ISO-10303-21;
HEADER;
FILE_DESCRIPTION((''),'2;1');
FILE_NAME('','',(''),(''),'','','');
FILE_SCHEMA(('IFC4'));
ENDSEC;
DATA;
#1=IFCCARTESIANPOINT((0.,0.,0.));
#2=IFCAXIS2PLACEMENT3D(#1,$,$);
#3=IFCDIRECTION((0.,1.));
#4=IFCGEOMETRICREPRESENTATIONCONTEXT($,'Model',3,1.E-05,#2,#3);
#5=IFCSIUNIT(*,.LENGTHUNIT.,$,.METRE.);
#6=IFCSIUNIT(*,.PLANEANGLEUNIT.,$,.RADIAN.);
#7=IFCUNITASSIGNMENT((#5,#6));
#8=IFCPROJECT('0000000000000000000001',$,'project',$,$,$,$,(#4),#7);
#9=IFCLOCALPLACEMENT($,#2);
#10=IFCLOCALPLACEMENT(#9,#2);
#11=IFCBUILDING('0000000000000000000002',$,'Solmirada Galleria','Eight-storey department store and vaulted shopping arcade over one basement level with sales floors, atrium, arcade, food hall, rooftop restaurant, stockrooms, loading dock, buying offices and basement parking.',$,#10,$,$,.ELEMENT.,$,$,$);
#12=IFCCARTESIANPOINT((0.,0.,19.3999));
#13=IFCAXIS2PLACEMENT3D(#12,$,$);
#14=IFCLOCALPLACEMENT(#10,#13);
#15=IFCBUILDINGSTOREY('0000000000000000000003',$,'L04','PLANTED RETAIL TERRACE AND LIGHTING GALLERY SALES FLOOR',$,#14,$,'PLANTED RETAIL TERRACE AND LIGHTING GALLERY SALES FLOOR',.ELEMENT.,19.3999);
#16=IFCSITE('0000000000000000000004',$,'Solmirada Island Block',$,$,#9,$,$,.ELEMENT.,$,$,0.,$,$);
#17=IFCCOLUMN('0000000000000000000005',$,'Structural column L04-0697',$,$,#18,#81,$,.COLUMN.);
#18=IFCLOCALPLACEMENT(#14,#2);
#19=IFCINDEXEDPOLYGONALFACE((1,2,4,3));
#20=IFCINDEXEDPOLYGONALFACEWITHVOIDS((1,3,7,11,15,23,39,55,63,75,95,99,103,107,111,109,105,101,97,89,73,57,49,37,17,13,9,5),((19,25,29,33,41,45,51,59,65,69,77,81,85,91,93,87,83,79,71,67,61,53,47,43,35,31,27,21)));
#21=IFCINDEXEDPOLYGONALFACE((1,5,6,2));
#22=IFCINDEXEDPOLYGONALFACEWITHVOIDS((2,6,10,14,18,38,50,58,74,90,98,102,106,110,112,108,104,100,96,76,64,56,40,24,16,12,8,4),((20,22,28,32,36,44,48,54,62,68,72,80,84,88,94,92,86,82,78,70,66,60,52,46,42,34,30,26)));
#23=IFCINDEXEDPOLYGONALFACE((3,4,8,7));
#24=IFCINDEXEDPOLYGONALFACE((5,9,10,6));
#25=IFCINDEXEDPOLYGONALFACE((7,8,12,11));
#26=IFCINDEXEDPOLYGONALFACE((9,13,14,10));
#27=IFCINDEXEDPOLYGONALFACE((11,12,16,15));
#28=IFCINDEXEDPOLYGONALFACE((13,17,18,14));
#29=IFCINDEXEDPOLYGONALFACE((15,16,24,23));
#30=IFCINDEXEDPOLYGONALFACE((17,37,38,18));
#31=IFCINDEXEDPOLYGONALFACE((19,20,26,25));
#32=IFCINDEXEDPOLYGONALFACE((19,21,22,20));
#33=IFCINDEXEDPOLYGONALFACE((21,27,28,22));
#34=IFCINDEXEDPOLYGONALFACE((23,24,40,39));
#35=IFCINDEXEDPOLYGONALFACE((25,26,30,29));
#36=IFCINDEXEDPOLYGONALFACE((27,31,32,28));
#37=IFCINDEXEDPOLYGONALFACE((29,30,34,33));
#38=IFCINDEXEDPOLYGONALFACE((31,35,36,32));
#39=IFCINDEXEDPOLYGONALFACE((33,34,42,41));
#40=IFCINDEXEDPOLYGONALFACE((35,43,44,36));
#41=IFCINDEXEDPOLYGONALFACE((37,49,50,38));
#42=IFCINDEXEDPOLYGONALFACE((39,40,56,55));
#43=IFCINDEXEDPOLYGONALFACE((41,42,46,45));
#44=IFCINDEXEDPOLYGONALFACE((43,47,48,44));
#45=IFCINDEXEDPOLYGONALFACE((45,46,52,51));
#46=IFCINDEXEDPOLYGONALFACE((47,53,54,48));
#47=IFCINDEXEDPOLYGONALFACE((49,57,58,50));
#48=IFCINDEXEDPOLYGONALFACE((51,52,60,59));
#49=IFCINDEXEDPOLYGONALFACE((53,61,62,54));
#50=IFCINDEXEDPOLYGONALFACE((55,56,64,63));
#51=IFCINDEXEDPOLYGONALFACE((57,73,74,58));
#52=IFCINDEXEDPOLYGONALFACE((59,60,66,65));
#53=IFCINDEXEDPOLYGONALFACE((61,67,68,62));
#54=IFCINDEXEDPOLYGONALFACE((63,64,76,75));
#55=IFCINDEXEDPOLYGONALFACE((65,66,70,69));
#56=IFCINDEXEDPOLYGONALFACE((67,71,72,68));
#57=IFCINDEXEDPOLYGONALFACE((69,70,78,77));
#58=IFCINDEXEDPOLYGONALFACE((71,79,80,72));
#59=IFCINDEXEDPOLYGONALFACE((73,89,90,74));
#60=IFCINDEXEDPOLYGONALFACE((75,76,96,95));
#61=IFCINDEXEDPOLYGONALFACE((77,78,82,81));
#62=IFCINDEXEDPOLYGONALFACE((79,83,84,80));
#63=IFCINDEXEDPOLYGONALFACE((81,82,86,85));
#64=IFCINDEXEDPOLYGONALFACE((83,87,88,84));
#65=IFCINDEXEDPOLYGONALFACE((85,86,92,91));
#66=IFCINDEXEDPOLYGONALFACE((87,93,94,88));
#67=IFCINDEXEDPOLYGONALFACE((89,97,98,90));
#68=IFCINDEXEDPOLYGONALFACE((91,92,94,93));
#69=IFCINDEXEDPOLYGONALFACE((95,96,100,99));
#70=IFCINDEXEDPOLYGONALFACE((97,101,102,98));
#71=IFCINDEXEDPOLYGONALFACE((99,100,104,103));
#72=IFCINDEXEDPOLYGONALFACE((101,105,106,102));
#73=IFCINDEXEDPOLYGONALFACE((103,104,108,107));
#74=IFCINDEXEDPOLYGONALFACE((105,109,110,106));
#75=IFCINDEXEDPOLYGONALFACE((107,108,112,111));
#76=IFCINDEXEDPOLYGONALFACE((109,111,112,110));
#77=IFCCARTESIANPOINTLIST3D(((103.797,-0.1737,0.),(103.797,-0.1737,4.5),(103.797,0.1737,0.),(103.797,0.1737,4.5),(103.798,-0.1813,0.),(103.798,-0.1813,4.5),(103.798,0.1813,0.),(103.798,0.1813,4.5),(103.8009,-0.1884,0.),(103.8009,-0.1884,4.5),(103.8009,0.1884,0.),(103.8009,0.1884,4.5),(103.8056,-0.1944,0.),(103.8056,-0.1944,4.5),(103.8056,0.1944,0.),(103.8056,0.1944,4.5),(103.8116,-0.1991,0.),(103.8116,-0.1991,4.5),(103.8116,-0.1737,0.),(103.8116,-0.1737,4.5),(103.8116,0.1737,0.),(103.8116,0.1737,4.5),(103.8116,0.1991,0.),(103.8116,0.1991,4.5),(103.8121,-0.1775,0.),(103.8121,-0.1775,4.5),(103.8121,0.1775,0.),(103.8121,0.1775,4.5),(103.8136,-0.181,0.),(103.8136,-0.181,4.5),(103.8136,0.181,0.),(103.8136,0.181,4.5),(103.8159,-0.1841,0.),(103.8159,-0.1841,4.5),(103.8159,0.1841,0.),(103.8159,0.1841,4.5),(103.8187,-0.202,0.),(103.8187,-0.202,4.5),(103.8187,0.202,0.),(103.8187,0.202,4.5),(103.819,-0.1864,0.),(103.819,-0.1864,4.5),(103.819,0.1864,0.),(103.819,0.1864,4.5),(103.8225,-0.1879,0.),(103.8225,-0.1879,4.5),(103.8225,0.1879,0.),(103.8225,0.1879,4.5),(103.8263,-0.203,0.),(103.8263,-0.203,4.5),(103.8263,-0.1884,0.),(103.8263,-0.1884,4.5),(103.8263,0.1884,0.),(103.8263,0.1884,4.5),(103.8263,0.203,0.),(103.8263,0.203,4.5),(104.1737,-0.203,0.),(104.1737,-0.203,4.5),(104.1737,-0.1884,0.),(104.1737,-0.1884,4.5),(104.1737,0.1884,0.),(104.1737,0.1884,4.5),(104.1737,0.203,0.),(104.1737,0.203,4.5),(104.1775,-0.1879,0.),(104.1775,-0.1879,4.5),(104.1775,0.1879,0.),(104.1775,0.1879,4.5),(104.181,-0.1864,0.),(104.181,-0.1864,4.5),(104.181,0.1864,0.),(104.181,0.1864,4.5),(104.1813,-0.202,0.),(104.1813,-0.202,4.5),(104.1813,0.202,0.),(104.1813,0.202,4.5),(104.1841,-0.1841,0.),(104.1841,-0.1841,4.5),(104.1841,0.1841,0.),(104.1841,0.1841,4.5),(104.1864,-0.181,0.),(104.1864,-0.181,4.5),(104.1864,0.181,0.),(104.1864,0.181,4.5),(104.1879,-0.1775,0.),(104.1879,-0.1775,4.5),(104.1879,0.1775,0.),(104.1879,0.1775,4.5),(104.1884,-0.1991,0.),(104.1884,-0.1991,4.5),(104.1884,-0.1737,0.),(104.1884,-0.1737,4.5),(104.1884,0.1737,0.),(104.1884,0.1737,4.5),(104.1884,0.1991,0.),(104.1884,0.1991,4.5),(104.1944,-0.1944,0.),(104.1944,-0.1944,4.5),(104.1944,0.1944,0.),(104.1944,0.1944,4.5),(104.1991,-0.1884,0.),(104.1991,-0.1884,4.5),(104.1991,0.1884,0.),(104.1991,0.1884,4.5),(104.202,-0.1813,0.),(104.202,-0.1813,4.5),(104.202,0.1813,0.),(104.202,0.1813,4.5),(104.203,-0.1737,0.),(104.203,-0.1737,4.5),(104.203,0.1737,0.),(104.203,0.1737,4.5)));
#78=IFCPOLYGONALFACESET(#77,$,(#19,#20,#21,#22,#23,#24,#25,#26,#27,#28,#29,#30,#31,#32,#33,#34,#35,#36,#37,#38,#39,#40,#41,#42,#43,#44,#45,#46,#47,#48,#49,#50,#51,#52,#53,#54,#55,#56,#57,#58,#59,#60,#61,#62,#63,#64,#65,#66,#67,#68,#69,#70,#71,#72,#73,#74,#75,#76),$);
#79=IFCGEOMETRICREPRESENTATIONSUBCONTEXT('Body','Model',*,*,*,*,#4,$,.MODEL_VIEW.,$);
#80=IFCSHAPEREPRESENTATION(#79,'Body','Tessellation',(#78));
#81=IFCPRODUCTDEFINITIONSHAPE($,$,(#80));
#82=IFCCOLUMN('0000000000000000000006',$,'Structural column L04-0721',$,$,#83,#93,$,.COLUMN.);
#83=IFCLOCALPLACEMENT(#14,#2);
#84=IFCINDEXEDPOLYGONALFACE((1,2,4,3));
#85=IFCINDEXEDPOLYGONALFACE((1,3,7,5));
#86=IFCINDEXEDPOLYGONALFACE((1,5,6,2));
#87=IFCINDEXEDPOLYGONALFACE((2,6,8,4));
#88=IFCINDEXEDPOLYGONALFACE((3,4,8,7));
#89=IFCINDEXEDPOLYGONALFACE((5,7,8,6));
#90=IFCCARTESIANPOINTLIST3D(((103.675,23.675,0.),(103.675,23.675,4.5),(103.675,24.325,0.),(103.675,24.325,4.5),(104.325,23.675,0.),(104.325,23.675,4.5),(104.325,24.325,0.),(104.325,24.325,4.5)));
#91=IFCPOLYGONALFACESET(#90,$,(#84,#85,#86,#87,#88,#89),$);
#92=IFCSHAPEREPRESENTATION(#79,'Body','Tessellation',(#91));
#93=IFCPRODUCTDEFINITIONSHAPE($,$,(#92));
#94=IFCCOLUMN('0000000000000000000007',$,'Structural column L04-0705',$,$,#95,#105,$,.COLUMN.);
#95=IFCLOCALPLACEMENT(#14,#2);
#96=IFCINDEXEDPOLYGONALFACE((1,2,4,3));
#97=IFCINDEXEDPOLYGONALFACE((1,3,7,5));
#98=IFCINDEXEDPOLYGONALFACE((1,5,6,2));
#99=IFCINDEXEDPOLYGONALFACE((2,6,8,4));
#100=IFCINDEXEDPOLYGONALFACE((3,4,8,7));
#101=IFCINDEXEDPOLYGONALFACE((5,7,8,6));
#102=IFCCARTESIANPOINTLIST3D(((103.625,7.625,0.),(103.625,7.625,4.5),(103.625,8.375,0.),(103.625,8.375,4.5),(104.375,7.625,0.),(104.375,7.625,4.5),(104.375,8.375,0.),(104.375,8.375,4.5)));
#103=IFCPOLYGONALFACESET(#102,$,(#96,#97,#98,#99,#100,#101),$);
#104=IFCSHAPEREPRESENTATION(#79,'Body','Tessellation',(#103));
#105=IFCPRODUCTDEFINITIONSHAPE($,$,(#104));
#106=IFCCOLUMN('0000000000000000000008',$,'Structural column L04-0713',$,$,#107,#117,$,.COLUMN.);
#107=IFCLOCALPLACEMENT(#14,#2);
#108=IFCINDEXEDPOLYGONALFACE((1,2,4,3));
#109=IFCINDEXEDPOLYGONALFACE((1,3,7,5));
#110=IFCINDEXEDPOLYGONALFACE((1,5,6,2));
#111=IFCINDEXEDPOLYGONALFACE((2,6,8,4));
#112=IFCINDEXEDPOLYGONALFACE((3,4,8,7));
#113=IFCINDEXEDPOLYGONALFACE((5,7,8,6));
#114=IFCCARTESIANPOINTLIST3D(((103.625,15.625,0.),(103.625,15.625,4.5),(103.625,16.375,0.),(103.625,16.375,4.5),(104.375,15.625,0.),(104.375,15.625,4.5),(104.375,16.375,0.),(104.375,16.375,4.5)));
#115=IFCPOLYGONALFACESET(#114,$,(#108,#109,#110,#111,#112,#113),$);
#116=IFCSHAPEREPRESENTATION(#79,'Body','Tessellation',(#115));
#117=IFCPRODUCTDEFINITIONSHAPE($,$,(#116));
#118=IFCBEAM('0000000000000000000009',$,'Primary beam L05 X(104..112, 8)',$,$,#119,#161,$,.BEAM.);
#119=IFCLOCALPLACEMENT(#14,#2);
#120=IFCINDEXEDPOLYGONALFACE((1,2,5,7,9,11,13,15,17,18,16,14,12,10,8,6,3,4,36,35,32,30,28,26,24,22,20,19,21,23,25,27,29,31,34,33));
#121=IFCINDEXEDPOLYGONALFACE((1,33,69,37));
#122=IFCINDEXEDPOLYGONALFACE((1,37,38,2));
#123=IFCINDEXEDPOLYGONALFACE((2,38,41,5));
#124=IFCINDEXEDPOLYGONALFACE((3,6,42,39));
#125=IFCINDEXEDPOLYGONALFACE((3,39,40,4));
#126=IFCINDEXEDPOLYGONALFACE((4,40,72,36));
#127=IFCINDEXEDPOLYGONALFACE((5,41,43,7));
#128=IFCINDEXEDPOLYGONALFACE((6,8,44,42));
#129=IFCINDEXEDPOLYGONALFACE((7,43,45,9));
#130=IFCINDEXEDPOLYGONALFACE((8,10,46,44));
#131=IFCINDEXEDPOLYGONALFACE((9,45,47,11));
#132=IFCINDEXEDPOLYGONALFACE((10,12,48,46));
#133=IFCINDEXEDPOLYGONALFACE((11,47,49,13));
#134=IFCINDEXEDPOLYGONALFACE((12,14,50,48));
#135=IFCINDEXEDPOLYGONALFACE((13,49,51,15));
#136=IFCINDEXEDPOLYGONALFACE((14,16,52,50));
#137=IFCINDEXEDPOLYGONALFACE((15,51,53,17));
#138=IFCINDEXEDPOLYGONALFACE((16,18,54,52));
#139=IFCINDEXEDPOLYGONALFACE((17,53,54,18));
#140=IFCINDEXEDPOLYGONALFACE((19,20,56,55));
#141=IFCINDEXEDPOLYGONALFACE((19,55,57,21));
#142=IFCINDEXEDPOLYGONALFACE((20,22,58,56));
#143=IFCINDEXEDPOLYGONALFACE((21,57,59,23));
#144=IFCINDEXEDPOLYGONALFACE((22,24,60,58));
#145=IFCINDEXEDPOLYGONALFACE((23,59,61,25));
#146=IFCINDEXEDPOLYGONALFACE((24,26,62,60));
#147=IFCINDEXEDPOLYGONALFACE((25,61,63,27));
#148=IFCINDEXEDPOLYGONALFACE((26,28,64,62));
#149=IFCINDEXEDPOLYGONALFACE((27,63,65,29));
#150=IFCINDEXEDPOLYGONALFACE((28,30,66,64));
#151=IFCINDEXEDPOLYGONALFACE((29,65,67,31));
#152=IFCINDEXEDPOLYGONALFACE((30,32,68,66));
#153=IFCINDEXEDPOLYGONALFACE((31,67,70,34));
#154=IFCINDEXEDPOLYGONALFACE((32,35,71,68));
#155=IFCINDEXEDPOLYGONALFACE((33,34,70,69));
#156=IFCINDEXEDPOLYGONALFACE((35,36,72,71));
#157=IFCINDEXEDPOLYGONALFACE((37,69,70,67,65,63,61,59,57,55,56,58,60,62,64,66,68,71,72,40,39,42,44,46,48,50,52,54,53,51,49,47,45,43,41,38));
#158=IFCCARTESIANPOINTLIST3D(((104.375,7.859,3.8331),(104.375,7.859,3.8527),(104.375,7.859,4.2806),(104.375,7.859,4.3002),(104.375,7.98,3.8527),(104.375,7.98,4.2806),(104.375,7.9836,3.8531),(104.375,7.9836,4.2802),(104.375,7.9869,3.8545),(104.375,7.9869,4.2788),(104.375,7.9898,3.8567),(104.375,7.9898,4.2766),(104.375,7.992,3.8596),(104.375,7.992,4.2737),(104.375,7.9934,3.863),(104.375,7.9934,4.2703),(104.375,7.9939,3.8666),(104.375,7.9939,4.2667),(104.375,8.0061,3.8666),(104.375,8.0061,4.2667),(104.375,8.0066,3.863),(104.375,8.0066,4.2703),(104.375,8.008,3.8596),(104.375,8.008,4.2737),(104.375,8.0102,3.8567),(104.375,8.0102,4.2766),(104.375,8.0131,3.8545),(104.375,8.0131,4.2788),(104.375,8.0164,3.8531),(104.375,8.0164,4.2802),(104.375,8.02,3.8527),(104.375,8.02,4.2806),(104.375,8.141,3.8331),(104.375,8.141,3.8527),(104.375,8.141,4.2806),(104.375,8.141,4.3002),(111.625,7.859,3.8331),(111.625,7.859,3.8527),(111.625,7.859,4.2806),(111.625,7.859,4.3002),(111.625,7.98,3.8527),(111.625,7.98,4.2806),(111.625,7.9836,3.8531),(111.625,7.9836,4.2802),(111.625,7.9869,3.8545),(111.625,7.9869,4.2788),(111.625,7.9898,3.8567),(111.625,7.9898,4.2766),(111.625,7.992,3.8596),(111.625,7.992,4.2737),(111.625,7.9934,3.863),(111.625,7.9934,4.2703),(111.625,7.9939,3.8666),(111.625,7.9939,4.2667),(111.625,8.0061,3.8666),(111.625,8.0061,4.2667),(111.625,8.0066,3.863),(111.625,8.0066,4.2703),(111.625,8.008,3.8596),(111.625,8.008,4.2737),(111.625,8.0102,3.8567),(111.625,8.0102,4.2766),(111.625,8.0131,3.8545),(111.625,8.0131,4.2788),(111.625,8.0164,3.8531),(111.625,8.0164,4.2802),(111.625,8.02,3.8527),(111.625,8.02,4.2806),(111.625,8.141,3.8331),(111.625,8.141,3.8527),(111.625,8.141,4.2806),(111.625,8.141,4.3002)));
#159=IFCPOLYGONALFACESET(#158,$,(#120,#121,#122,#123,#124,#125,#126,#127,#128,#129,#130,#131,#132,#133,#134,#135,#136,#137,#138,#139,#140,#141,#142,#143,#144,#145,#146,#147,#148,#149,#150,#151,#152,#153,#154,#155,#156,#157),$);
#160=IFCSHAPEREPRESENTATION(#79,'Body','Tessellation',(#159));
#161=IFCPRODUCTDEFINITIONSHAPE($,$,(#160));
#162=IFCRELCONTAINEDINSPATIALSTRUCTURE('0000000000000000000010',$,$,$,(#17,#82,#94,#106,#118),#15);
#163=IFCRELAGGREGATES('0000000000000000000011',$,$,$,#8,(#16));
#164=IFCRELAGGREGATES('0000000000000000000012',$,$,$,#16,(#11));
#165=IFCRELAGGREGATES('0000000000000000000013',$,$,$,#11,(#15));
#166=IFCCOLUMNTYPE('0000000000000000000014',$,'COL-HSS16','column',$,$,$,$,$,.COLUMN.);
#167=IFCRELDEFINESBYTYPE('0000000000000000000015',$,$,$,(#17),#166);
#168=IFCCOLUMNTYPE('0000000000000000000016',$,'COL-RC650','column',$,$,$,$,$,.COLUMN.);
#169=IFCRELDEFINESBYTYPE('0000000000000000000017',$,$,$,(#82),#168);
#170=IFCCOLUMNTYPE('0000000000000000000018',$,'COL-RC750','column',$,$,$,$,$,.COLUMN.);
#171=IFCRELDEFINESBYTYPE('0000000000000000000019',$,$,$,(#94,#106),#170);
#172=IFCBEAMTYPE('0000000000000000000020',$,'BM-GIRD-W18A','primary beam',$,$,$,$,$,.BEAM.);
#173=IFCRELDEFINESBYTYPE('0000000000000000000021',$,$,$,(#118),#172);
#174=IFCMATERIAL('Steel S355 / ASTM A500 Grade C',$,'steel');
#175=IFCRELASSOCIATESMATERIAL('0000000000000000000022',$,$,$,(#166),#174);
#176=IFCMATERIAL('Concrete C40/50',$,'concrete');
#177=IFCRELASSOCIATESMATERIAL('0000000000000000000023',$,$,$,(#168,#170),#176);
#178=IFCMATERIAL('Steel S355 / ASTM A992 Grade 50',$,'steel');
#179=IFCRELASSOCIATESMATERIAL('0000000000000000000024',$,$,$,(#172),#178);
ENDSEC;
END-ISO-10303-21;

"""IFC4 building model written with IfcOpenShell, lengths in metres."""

from ifc_helpers import new_model, si_unit, direction, frame, origin, origin_2d, place, context, subcontext, project, spatial, rectangle, hollow_rectangle, i_section, extrude, material, material_profile, profile_set, type_object, element, save


model = new_model("IFC4")

# Units and contexts
model_context = context("Model", 3, precision=1e-05, world=origin(), true_north=direction((0.0, 1.0)))
body_context = subcontext(model_context, "Body", "Model", "MODEL_VIEW")
ifc_project = project(units=[si_unit("LENGTHUNIT", "METRE"), si_unit("PLANEANGLEUNIT", "RADIAN")], contexts=[model_context])

# Site, building, storey
site_placement = place(None, origin())
site = spatial("IfcSite", under=ifc_project, at=site_placement, Name="Solmirada Island Block", CompositionType="ELEMENT", RefElevation=0.0)
building_placement = place(site_placement, origin())
building = spatial("IfcBuilding", under=site, at=building_placement, Name="Solmirada Galleria", Description="Eight-storey department store and vaulted shopping arcade over one basement level with sales floors, atrium, arcade, food hall, rooftop restaurant, stockrooms, loading dock, buying offices and basement parking.", CompositionType="ELEMENT")
storey_placement = place(building_placement, frame((0.0, 0.0, 19.3999)))
storey = spatial("IfcBuildingStorey", under=building, at=storey_placement, Name="L04", Description="PLANTED RETAIL TERRACE AND LIGHTING GALLERY SALES FLOOR", LongName="PLANTED RETAIL TERRACE AND LIGHTING GALLERY SALES FLOOR", CompositionType="ELEMENT", Elevation=19.3999)

# Columns
ifc_material_1 = material(Name="Steel S355 / ASTM A500 Grade C", Category="steel")
ifc_material_profile_1 = material_profile(ifc_material_1, hollow_rectangle(XDim=0.406, YDim=0.406, WallThickness=0.0146, InnerFilletRadius=0.0146, OuterFilletRadius=0.0293, at=origin_2d()), Name="HSS16X16X5/8")
ifc_profile_set_1 = profile_set([ifc_material_profile_1], Name="Steel S355 / ASTM A500 Grade C")
column_type_1 = type_object("IfcColumnType", Name="COL-HSS16", Description="column", PredefinedType="COLUMN", material=ifc_profile_set_1)
column_1_placement = place(storey_placement, frame((104.0, 0.0, 0.0), z_axis=(0.0, 0.0, 1.0), x_axis=(1.0, 0.0, 0.0)))
element("IfcColumn", 1, at=column_1_placement, inside=storey, type_object=column_type_1, Name="Structural column L04-0697", PredefinedType="COLUMN", context=body_context, shape_type="SweptSolid", body=[
    extrude(hollow_rectangle(XDim=0.406, YDim=0.406, WallThickness=0.0146, InnerFilletRadius=0.0146, OuterFilletRadius=0.0293, at=origin_2d()), origin(), (0.0, 0.0, 1.0), 4.5),
])
ifc_material_2 = material(Name="Concrete C40/50", Category="concrete")
ifc_material_profile_2 = material_profile(ifc_material_2, rectangle(XDim=0.6499, YDim=0.6499, at=origin_2d()), Name="RC650X650")
ifc_profile_set_2 = profile_set([ifc_material_profile_2], Name="Concrete C40/50")
column_type_2 = type_object("IfcColumnType", Name="COL-RC650", Description="column", PredefinedType="COLUMN", material=ifc_profile_set_2)
column_2_placement = place(storey_placement, frame((104.0, 24.0, 0.0), z_axis=(0.0, 0.0, 1.0), x_axis=(1.0, 0.0, 0.0)))
element("IfcColumn", 2, at=column_2_placement, inside=storey, type_object=column_type_2, Name="Structural column L04-0721", PredefinedType="COLUMN", context=body_context, shape_type="SweptSolid", body=[
    extrude(rectangle(XDim=0.6499, YDim=0.6499, at=origin_2d()), origin(), (0.0, 0.0, 1.0), 4.5),
])
ifc_material_profile_3 = material_profile(ifc_material_2, rectangle(XDim=0.75, YDim=0.75, at=origin_2d()), Name="RC750X750")
ifc_profile_set_3 = profile_set([ifc_material_profile_3], Name="Concrete C40/50")
column_type_3 = type_object("IfcColumnType", Name="COL-RC750", Description="column", PredefinedType="COLUMN", material=ifc_profile_set_3)
for number, where, z_axis, x_axis, name in (
    (3, (104.0, 8.0, 0.0), (0.0, 0.0, 1.0), (1.0, 0.0, 0.0), "Structural column L04-0705"),
    (4, (104.0, 16.0, 0.0), (0.0, 0.0, 1.0), (1.0, 0.0, 0.0), "Structural column L04-0713"),
):
    element("IfcColumn", number, at=place(storey_placement, frame(where, z_axis=z_axis, x_axis=x_axis)), inside=storey, type_object=column_type_3, Name=name, PredefinedType="COLUMN", context=body_context, shape_type="SweptSolid", body=[
        extrude(rectangle(XDim=0.75, YDim=0.75, at=origin_2d()), origin(), (0.0, 0.0, 1.0), 4.5),
    ])

# Beam
ifc_material_3 = material(Name="Steel S355 / ASTM A992 Grade 50", Category="steel")
ifc_material_profile_4 = material_profile(ifc_material_3, i_section(OverallWidth=0.282, OverallDepth=0.467, WebThickness=0.0122, FlangeThickness=0.0195, FilletRadius=0.0139, at=origin_2d()), Name="W18X86")
ifc_profile_set_4 = profile_set([ifc_material_profile_4], Name="Steel S355 / ASTM A992 Grade 50")
beam_type_1 = type_object("IfcBeamType", Name="BM-GIRD-W18A", Description="primary beam", PredefinedType="BEAM", material=ifc_profile_set_4)
beam_1_placement = place(storey_placement, frame((104.375, 8.0, 4.0667), z_axis=(1.0, 0.0, 0.0), x_axis=(0.0, 1.0, 0.0)))
element("IfcBeam", 5, at=beam_1_placement, inside=storey, type_object=beam_type_1, Name="Primary beam L05 X(104..112, 8)", PredefinedType="BEAM", context=body_context, shape_type="SweptSolid", body=[
    extrude(i_section(OverallWidth=0.282, OverallDepth=0.467, WebThickness=0.0122, FlangeThickness=0.0195, FilletRadius=0.0139, at=origin_2d()), origin(), (0.0, 0.0, 1.0), 7.25),
])

save(model, "model.ifc")
